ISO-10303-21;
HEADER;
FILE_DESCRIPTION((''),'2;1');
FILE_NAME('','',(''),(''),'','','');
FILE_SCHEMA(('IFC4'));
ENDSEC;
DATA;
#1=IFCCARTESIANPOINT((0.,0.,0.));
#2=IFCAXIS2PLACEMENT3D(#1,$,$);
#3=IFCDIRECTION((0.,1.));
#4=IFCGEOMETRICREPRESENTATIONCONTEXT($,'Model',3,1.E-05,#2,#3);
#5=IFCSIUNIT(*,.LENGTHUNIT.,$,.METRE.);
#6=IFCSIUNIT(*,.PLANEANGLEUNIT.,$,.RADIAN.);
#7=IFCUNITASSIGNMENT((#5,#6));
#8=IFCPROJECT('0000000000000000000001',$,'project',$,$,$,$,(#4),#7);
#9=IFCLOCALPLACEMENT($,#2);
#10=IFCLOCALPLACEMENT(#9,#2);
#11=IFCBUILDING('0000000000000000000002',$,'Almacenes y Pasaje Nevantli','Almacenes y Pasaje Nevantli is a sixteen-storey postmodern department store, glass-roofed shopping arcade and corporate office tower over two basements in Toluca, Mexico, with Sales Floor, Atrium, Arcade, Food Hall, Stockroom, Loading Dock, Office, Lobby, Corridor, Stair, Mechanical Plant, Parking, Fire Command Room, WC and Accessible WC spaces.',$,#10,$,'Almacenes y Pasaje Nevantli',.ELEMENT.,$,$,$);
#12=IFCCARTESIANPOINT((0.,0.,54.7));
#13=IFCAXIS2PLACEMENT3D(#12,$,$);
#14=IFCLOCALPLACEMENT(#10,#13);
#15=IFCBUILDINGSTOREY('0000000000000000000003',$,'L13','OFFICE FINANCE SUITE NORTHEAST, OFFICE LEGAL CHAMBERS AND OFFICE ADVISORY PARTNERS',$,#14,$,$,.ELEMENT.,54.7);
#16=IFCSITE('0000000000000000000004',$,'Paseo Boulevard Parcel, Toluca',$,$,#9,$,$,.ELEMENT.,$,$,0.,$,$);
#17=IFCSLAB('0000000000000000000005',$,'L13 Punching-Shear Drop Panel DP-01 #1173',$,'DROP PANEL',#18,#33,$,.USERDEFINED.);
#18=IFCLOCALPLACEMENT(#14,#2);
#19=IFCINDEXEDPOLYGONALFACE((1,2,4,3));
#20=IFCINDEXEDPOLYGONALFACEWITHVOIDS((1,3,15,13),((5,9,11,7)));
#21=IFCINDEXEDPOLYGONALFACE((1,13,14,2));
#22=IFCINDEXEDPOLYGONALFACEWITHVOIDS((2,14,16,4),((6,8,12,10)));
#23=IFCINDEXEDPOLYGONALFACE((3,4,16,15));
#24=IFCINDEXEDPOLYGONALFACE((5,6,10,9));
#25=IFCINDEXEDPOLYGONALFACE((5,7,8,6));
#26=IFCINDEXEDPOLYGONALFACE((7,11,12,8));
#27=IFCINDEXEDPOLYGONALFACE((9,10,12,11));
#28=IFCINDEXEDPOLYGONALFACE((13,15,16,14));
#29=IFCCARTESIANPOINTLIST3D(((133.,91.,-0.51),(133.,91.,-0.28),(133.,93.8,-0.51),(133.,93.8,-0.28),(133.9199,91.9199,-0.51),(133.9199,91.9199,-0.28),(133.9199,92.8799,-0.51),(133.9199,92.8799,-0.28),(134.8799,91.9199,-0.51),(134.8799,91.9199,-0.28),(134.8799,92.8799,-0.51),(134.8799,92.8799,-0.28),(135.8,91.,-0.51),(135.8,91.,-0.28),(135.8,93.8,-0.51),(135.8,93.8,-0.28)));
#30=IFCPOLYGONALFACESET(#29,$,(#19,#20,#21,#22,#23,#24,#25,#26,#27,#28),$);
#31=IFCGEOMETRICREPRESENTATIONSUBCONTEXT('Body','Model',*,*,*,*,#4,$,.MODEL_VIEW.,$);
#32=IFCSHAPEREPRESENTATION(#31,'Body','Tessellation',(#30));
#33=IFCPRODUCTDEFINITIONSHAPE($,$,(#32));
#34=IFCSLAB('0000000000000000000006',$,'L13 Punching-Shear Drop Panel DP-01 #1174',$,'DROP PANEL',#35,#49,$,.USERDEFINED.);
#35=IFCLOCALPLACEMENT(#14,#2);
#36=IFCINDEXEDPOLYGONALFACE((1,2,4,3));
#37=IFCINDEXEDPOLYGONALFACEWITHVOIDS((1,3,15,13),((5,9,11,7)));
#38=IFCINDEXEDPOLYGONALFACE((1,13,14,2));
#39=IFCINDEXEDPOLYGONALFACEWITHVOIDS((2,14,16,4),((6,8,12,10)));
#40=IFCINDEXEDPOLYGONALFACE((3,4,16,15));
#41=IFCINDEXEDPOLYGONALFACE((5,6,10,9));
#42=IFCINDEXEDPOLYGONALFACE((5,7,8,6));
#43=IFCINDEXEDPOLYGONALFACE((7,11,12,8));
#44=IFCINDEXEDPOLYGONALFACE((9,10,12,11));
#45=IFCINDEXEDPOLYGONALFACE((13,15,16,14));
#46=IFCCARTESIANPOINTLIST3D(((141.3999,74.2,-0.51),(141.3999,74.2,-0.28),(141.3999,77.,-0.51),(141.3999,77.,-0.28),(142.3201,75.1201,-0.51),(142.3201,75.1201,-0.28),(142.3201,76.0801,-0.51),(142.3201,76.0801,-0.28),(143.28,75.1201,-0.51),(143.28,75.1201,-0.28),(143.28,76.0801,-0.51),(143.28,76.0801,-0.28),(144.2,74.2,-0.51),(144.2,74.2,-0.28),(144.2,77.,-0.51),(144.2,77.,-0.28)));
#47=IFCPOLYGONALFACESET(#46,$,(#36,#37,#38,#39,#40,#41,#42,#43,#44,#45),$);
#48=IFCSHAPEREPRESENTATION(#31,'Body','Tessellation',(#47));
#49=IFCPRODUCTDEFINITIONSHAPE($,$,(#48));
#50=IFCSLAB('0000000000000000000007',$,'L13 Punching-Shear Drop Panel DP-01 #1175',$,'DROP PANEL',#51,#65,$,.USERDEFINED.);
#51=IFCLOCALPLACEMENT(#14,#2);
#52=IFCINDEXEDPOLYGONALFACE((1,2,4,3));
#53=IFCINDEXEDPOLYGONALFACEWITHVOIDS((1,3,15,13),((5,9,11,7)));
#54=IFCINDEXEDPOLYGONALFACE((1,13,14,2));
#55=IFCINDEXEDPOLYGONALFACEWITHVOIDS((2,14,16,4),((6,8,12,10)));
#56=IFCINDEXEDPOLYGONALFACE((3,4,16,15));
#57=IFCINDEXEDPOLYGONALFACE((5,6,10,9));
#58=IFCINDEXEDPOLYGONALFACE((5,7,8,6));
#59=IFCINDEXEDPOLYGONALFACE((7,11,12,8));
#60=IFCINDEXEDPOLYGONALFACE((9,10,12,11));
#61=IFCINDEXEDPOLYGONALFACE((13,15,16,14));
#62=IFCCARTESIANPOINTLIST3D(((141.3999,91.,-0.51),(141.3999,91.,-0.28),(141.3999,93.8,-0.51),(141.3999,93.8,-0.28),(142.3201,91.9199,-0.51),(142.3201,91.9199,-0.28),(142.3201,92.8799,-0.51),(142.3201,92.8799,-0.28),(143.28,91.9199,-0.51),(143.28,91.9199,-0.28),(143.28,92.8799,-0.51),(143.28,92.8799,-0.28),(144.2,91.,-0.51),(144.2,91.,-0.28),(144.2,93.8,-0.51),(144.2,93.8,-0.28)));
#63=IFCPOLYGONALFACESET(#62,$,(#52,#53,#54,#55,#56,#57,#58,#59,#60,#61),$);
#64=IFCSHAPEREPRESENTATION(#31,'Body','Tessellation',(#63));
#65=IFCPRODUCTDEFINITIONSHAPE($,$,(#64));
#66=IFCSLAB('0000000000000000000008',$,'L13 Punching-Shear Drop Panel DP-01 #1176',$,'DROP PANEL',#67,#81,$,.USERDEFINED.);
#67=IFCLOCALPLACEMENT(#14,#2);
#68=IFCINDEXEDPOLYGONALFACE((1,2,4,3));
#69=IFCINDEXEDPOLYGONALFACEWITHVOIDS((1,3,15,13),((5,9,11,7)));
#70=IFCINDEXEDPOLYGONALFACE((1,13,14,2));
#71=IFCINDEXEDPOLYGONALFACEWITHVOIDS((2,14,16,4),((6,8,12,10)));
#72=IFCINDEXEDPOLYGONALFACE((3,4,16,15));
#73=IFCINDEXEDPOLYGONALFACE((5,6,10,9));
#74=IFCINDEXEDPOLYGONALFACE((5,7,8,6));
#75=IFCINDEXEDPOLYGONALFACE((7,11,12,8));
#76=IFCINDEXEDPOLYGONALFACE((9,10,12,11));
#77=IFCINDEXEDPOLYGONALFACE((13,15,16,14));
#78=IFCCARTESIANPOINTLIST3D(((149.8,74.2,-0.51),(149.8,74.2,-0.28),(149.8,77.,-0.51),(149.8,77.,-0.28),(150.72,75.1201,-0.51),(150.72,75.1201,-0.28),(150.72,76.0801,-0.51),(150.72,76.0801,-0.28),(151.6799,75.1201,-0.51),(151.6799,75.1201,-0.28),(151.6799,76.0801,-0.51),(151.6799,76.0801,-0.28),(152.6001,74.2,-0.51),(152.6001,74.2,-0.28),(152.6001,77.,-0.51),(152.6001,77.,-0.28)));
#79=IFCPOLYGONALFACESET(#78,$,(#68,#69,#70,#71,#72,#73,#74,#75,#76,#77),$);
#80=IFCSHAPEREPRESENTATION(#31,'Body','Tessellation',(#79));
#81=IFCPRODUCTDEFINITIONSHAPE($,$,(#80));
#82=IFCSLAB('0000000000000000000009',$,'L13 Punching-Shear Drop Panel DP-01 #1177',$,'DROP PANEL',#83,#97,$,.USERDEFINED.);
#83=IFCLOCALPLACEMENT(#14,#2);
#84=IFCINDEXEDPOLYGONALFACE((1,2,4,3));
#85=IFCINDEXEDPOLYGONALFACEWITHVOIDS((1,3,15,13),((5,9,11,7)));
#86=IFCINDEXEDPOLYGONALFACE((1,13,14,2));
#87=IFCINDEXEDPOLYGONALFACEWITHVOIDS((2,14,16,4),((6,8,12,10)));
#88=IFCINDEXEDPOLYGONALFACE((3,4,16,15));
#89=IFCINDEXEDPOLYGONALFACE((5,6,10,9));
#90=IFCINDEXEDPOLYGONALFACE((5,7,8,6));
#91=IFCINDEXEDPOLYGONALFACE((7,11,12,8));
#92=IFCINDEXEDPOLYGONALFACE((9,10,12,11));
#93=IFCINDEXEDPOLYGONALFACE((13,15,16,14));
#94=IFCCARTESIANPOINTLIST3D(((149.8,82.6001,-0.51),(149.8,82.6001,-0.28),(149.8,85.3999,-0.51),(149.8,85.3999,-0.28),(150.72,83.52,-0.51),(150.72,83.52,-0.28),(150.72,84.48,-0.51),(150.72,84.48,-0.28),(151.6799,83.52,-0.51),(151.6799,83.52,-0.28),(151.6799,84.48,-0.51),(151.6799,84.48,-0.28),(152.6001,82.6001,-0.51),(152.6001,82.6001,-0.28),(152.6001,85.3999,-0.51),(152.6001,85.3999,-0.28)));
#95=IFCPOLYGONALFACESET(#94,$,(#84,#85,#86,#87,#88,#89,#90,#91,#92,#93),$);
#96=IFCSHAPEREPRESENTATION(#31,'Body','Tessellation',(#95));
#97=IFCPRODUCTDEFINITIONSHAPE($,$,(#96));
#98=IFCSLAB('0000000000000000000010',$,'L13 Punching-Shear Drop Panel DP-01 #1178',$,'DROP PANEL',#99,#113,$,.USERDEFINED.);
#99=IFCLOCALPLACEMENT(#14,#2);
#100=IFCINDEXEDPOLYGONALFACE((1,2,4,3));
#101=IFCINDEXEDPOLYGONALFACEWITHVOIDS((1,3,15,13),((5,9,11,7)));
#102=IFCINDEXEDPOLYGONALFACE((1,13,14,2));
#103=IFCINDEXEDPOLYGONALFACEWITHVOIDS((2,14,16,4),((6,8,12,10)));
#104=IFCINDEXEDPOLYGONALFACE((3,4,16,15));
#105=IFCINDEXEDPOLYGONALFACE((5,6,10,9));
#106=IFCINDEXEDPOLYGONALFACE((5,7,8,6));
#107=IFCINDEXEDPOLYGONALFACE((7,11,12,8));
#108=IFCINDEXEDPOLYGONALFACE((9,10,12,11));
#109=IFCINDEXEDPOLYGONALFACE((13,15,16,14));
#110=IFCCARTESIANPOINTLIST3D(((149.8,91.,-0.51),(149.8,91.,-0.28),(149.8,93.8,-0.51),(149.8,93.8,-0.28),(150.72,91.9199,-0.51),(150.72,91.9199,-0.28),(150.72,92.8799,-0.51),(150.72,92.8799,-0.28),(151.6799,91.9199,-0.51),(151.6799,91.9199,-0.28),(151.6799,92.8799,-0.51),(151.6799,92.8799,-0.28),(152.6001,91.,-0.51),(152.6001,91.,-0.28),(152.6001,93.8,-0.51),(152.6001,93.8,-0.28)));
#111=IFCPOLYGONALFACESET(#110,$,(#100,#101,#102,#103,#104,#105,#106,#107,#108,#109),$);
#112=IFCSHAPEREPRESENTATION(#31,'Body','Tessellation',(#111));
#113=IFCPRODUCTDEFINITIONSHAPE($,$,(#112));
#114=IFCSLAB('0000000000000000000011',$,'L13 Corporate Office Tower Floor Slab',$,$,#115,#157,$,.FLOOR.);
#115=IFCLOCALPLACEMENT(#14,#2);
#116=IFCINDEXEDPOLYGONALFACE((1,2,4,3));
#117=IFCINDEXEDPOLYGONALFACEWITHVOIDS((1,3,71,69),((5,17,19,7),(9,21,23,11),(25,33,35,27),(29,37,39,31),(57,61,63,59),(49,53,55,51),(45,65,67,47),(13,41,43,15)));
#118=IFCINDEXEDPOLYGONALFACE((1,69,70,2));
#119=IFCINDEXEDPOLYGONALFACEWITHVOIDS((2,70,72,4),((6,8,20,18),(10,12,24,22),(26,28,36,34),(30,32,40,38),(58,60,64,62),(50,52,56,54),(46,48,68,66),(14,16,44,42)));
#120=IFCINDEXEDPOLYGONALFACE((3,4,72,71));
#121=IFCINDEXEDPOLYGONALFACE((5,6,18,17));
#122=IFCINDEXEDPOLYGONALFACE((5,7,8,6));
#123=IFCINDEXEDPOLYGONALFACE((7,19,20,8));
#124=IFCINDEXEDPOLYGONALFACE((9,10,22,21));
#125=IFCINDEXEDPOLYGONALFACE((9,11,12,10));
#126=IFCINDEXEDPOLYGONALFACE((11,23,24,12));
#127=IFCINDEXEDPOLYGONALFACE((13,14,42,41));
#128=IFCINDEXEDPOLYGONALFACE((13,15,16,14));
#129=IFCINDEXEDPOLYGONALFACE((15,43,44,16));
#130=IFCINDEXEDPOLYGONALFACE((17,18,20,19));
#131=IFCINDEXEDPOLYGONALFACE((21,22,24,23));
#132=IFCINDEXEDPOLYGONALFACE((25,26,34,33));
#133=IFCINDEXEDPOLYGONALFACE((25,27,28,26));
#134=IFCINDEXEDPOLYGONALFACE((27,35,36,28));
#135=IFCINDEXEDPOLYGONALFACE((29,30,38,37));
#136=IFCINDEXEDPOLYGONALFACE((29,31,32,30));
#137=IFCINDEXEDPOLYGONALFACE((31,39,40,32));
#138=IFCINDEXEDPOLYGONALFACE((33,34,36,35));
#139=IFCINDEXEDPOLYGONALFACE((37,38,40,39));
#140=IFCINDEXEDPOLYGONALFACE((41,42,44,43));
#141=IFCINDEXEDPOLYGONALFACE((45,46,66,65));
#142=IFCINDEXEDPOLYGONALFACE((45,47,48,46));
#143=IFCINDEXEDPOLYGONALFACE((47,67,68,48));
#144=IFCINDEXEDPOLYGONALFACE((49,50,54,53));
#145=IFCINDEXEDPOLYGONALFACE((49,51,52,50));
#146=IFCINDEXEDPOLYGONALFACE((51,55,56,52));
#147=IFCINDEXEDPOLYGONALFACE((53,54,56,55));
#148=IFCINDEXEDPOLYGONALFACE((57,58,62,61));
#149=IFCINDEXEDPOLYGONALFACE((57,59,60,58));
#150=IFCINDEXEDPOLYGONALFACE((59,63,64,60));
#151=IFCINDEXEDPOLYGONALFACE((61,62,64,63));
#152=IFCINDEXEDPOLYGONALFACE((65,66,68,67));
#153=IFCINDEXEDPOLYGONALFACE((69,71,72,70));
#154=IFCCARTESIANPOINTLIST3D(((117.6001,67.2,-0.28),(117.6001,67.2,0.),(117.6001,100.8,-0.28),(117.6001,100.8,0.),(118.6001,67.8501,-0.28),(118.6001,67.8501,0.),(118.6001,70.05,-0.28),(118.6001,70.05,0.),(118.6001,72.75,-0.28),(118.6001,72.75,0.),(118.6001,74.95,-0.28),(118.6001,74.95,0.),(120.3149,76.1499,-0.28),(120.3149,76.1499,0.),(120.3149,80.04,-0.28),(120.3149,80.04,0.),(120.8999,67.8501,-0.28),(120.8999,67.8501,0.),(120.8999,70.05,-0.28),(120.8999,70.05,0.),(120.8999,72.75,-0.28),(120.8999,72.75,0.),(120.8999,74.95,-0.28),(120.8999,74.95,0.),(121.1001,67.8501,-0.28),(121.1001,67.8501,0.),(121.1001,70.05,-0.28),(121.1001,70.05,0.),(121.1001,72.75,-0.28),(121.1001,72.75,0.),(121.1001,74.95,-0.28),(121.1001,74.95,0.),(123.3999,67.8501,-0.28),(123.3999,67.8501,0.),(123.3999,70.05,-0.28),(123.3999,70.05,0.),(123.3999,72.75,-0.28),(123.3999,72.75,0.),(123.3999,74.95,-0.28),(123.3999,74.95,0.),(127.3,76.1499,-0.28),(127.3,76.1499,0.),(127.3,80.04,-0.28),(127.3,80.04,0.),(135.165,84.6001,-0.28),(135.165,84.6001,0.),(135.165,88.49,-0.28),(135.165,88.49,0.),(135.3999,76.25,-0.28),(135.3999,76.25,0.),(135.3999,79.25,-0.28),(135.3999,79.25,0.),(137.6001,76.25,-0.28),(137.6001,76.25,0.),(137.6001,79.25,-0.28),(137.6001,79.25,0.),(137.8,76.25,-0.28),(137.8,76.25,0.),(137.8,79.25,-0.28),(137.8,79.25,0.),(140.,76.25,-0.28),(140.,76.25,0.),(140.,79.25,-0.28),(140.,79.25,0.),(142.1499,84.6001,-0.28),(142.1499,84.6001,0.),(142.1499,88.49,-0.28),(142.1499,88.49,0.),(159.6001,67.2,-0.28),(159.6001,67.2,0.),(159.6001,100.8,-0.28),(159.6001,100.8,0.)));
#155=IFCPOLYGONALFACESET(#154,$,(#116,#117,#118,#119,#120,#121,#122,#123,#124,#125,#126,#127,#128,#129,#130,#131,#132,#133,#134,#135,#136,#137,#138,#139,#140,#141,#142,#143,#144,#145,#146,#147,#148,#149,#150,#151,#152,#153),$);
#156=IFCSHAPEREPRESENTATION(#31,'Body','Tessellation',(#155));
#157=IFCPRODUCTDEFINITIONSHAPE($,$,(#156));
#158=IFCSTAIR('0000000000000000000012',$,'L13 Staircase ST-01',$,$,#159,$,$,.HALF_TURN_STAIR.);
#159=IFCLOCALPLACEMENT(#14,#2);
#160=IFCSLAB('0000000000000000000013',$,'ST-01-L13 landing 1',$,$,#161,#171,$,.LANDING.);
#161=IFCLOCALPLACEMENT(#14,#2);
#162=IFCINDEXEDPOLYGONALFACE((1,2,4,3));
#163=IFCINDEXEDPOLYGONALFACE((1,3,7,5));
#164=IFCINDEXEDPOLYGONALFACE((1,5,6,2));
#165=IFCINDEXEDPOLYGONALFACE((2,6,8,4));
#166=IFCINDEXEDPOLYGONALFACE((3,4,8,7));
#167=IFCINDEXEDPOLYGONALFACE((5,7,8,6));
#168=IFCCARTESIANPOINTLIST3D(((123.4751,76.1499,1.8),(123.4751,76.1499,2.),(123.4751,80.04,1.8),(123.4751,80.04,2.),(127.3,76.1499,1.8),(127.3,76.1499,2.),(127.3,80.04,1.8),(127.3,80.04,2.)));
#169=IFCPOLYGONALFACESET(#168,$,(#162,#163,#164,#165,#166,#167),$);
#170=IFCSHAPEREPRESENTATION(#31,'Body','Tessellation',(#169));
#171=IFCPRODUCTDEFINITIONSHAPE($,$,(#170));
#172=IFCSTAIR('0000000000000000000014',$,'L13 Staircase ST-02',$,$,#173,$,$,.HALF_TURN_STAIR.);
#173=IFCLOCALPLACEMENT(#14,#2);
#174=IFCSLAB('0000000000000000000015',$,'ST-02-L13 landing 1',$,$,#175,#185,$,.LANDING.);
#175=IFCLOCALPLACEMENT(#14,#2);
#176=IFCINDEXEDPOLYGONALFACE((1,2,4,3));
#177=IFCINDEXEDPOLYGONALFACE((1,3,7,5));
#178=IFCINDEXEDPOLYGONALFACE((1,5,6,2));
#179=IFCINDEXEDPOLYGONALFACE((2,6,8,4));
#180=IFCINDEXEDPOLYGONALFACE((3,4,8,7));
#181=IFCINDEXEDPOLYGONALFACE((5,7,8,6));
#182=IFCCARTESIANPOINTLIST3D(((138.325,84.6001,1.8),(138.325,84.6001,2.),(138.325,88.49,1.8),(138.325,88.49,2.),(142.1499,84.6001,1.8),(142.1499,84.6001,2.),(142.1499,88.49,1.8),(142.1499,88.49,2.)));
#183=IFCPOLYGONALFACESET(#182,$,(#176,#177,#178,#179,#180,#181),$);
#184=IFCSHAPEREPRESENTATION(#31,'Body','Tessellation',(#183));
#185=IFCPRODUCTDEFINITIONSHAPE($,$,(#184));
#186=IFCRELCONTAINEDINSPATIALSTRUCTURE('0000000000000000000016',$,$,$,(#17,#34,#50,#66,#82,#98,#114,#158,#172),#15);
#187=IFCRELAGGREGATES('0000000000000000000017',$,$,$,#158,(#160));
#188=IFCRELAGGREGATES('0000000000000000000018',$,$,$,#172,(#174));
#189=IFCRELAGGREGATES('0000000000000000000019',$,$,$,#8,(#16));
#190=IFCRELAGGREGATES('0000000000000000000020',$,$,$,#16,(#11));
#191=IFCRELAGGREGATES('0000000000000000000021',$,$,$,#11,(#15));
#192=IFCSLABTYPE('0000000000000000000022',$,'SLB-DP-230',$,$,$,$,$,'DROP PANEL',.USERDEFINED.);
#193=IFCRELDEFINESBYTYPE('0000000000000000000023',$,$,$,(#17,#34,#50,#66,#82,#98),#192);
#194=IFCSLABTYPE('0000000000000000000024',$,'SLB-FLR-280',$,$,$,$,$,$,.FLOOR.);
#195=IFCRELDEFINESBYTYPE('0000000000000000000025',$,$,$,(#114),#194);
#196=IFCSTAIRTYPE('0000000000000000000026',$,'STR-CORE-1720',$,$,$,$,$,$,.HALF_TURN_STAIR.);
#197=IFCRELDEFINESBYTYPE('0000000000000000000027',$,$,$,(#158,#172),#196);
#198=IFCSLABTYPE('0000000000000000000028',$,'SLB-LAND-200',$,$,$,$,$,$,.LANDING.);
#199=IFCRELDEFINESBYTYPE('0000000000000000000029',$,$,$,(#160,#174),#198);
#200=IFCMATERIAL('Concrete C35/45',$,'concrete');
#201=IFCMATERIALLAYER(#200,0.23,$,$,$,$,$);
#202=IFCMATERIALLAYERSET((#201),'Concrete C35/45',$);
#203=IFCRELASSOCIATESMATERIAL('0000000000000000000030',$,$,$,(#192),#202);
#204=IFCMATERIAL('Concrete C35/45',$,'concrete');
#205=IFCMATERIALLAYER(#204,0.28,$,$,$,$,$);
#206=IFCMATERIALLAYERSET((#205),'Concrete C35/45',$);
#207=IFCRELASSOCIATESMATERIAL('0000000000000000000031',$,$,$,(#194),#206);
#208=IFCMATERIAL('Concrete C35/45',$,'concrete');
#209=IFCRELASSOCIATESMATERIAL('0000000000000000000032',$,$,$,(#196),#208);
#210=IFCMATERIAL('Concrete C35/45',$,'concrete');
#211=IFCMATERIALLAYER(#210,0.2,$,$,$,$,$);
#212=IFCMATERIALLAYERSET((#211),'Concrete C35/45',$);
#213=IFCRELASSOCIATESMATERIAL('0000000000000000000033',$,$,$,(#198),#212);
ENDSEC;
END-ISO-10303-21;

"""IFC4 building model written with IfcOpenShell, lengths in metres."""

from ifc_helpers import new_model, si_unit, direction, frame, origin, place, context, subcontext, project, spatial, polyline, outline, extrude, material, layer, layer_set, type_object, element, aggregate, save


model = new_model("IFC4")

# Units and contexts
model_context = context("Model", 3, precision=1e-05, world=origin(), true_north=direction((0.0, 1.0)))
body_context = subcontext(model_context, "Body", "Model", "MODEL_VIEW")
ifc_project = project(units=[si_unit("LENGTHUNIT", "METRE"), si_unit("PLANEANGLEUNIT", "RADIAN")], contexts=[model_context])

# Site, building, storey
site_placement = place(None, origin())
site = spatial("IfcSite", under=ifc_project, at=site_placement, Name="Paseo Boulevard Parcel, Toluca", CompositionType="ELEMENT", RefElevation=0.0)
building_placement = place(site_placement, origin())
building = spatial("IfcBuilding", under=site, at=building_placement, Name="Almacenes y Pasaje Nevantli", Description="Almacenes y Pasaje Nevantli is a sixteen-storey postmodern department store, glass-roofed shopping arcade and corporate office tower over two basements in Toluca, Mexico, with Sales Floor, Atrium, Arcade, Food Hall, Stockroom, Loading Dock, Office, Lobby, Corridor, Stair, Mechanical Plant, Parking, Fire Command Room, WC and Accessible WC spaces.", LongName="Almacenes y Pasaje Nevantli", CompositionType="ELEMENT")
storey_placement = place(building_placement, frame((0.0, 0.0, 54.7)))
storey = spatial("IfcBuildingStorey", under=building, at=storey_placement, Name="L13", Description="OFFICE FINANCE SUITE NORTHEAST, OFFICE LEGAL CHAMBERS AND OFFICE ADVISORY PARTNERS", CompositionType="ELEMENT", Elevation=54.7)

# Slabs
ifc_material_1 = material(Name="Concrete C35/45", Category="concrete")
ifc_layer_1 = layer(ifc_material_1, 0.23)
ifc_layer_set_1 = layer_set([ifc_layer_1], Name="Concrete C35/45")
slab_type_1 = type_object("IfcSlabType", Name="SLB-DP-230", ElementType="DROP PANEL", PredefinedType="USERDEFINED", material=ifc_layer_set_1)
slab_1_placement = place(storey_placement, frame((0.0, 0.0, -0.51)))
element("IfcSlab", 1, at=slab_1_placement, inside=storey, type_object=slab_type_1, Name="L13 Punching-Shear Drop Panel DP-01 #1173", ObjectType="DROP PANEL", PredefinedType="USERDEFINED", context=body_context, shape_type="SweptSolid", body=[
    extrude(outline(polyline([(133.0, 91.0), (135.8, 91.0), (135.8, 93.8), (133.0, 93.8), (133.0, 91.0)]), holes=[polyline([(133.9199, 91.9199), (134.8799, 91.9199), (134.8799, 92.8799), (133.9199, 92.8799), (133.9199, 91.9199)])]), origin(), (0.0, 0.0, 1.0), 0.23),
])
slab_2_placement = place(storey_placement, frame((0.0, 0.0, -0.51)))
element("IfcSlab", 2, at=slab_2_placement, inside=storey, type_object=slab_type_1, Name="L13 Punching-Shear Drop Panel DP-01 #1174", ObjectType="DROP PANEL", PredefinedType="USERDEFINED", context=body_context, shape_type="SweptSolid", body=[
    extrude(outline(polyline([(141.3999, 74.2), (144.2, 74.2), (144.2, 77.0), (141.3999, 77.0), (141.3999, 74.2)]), holes=[polyline([(142.3201, 75.1201), (143.28, 75.1201), (143.28, 76.0801), (142.3201, 76.0801), (142.3201, 75.1201)])]), origin(), (0.0, 0.0, 1.0), 0.23),
])
slab_3_placement = place(storey_placement, frame((0.0, 0.0, -0.51)))
element("IfcSlab", 3, at=slab_3_placement, inside=storey, type_object=slab_type_1, Name="L13 Punching-Shear Drop Panel DP-01 #1175", ObjectType="DROP PANEL", PredefinedType="USERDEFINED", context=body_context, shape_type="SweptSolid", body=[
    extrude(outline(polyline([(141.3999, 91.0), (144.2, 91.0), (144.2, 93.8), (141.3999, 93.8), (141.3999, 91.0)]), holes=[polyline([(142.3201, 91.9199), (143.28, 91.9199), (143.28, 92.8799), (142.3201, 92.8799), (142.3201, 91.9199)])]), origin(), (0.0, 0.0, 1.0), 0.23),
])
slab_4_placement = place(storey_placement, frame((0.0, 0.0, -0.51)))
element("IfcSlab", 4, at=slab_4_placement, inside=storey, type_object=slab_type_1, Name="L13 Punching-Shear Drop Panel DP-01 #1176", ObjectType="DROP PANEL", PredefinedType="USERDEFINED", context=body_context, shape_type="SweptSolid", body=[
    extrude(outline(polyline([(149.8, 74.2), (152.6001, 74.2), (152.6001, 77.0), (149.8, 77.0), (149.8, 74.2)]), holes=[polyline([(150.72, 75.1201), (151.6799, 75.1201), (151.6799, 76.0801), (150.72, 76.0801), (150.72, 75.1201)])]), origin(), (0.0, 0.0, 1.0), 0.23),
])
slab_5_placement = place(storey_placement, frame((0.0, 0.0, -0.51)))
element("IfcSlab", 5, at=slab_5_placement, inside=storey, type_object=slab_type_1, Name="L13 Punching-Shear Drop Panel DP-01 #1177", ObjectType="DROP PANEL", PredefinedType="USERDEFINED", context=body_context, shape_type="SweptSolid", body=[
    extrude(outline(polyline([(149.8, 82.6001), (152.6001, 82.6001), (152.6001, 85.3999), (149.8, 85.3999), (149.8, 82.6001)]), holes=[polyline([(150.72, 83.52), (151.6799, 83.52), (151.6799, 84.48), (150.72, 84.48), (150.72, 83.52)])]), origin(), (0.0, 0.0, 1.0), 0.23),
])
slab_6_placement = place(storey_placement, frame((0.0, 0.0, -0.51)))
element("IfcSlab", 6, at=slab_6_placement, inside=storey, type_object=slab_type_1, Name="L13 Punching-Shear Drop Panel DP-01 #1178", ObjectType="DROP PANEL", PredefinedType="USERDEFINED", context=body_context, shape_type="SweptSolid", body=[
    extrude(outline(polyline([(149.8, 91.0), (152.6001, 91.0), (152.6001, 93.8), (149.8, 93.8), (149.8, 91.0)]), holes=[polyline([(150.72, 91.9199), (151.6799, 91.9199), (151.6799, 92.8799), (150.72, 92.8799), (150.72, 91.9199)])]), origin(), (0.0, 0.0, 1.0), 0.23),
])
ifc_material_2 = material(Name="Concrete C35/45", Category="concrete")
ifc_layer_2 = layer(ifc_material_2, 0.28)
ifc_layer_set_2 = layer_set([ifc_layer_2], Name="Concrete C35/45")
slab_type_2 = type_object("IfcSlabType", Name="SLB-FLR-280", PredefinedType="FLOOR", material=ifc_layer_set_2)
slab_7_placement = place(storey_placement, frame((0.0, 0.0, -0.28)))
element("IfcSlab", 7, at=slab_7_placement, inside=storey, type_object=slab_type_2, Name="L13 Corporate Office Tower Floor Slab", PredefinedType="FLOOR", context=body_context, shape_type="SweptSolid", body=[
    extrude(outline(polyline([(117.6001, 67.2), (159.6001, 67.2), (159.6001, 100.8), (117.6001, 100.8), (117.6001, 67.2)]), holes=[polyline([(120.3149, 76.1499), (127.3, 76.1499), (127.3, 80.04), (120.3149, 80.04), (120.3149, 76.1499)]), polyline([(135.165, 84.6001), (142.1499, 84.6001), (142.1499, 88.49), (135.165, 88.49), (135.165, 84.6001)]), polyline([(118.6001, 67.8501), (120.8999, 67.8501), (120.8999, 70.05), (118.6001, 70.05), (118.6001, 67.8501)]), polyline([(121.1001, 67.8501), (123.3999, 67.8501), (123.3999, 70.05), (121.1001, 70.05), (121.1001, 67.8501)]), polyline([(118.6001, 72.75), (120.8999, 72.75), (120.8999, 74.95), (118.6001, 74.95), (118.6001, 72.75)]), polyline([(121.1001, 72.75), (123.3999, 72.75), (123.3999, 74.95), (121.1001, 74.95), (121.1001, 72.75)]), polyline([(135.3999, 76.25), (137.6001, 76.25), (137.6001, 79.25), (135.3999, 79.25), (135.3999, 76.25)]), polyline([(137.8, 76.25), (140.0, 76.25), (140.0, 79.25), (137.8, 79.25), (137.8, 76.25)])]), origin(), (0.0, 0.0, 1.0), 0.28),
])

# Stairs, slabs
ifc_material_3 = material(Name="Concrete C35/45", Category="concrete")
stair_type = type_object("IfcStairType", Name="STR-CORE-1720", PredefinedType="HALF_TURN_STAIR", material=ifc_material_3)
stair_1_placement = place(storey_placement, origin())
stair_1 = element("IfcStair", 8, at=stair_1_placement, inside=storey, type_object=stair_type, Name="L13 Staircase ST-01", PredefinedType="HALF_TURN_STAIR")
ifc_material_4 = material(Name="Concrete C35/45", Category="concrete")
ifc_layer_3 = layer(ifc_material_4, 0.2)
ifc_layer_set_3 = layer_set([ifc_layer_3], Name="Concrete C35/45")
slab_type_3 = type_object("IfcSlabType", Name="SLB-LAND-200", PredefinedType="LANDING", material=ifc_layer_set_3)
slab_8_placement = place(storey_placement, frame((0.0, 0.0, 1.8)))
slab_8 = element("IfcSlab", 9, at=slab_8_placement, type_object=slab_type_3, Name="ST-01-L13 landing 1", PredefinedType="LANDING", context=body_context, shape_type="SweptSolid", body=[
    extrude(outline(polyline([(123.4751, 76.1499), (127.3, 76.1499), (127.3, 80.04), (123.4751, 80.04), (123.4751, 76.1499)])), origin(), (0.0, 0.0, 1.0), 0.2),
])
aggregate(stair_1, [slab_8])
stair_2_placement = place(storey_placement, origin())
stair_2 = element("IfcStair", 10, at=stair_2_placement, inside=storey, type_object=stair_type, Name="L13 Staircase ST-02", PredefinedType="HALF_TURN_STAIR")
slab_9_placement = place(storey_placement, frame((0.0, 0.0, 1.8)))
slab_9 = element("IfcSlab", 11, at=slab_9_placement, type_object=slab_type_3, Name="ST-02-L13 landing 1", PredefinedType="LANDING", context=body_context, shape_type="SweptSolid", body=[
    extrude(outline(polyline([(138.325, 84.6001), (142.1499, 84.6001), (142.1499, 88.49), (138.325, 88.49), (138.325, 84.6001)])), origin(), (0.0, 0.0, 1.0), 0.2),
])
aggregate(stair_2, [slab_9])

save(model, "model.ifc")
